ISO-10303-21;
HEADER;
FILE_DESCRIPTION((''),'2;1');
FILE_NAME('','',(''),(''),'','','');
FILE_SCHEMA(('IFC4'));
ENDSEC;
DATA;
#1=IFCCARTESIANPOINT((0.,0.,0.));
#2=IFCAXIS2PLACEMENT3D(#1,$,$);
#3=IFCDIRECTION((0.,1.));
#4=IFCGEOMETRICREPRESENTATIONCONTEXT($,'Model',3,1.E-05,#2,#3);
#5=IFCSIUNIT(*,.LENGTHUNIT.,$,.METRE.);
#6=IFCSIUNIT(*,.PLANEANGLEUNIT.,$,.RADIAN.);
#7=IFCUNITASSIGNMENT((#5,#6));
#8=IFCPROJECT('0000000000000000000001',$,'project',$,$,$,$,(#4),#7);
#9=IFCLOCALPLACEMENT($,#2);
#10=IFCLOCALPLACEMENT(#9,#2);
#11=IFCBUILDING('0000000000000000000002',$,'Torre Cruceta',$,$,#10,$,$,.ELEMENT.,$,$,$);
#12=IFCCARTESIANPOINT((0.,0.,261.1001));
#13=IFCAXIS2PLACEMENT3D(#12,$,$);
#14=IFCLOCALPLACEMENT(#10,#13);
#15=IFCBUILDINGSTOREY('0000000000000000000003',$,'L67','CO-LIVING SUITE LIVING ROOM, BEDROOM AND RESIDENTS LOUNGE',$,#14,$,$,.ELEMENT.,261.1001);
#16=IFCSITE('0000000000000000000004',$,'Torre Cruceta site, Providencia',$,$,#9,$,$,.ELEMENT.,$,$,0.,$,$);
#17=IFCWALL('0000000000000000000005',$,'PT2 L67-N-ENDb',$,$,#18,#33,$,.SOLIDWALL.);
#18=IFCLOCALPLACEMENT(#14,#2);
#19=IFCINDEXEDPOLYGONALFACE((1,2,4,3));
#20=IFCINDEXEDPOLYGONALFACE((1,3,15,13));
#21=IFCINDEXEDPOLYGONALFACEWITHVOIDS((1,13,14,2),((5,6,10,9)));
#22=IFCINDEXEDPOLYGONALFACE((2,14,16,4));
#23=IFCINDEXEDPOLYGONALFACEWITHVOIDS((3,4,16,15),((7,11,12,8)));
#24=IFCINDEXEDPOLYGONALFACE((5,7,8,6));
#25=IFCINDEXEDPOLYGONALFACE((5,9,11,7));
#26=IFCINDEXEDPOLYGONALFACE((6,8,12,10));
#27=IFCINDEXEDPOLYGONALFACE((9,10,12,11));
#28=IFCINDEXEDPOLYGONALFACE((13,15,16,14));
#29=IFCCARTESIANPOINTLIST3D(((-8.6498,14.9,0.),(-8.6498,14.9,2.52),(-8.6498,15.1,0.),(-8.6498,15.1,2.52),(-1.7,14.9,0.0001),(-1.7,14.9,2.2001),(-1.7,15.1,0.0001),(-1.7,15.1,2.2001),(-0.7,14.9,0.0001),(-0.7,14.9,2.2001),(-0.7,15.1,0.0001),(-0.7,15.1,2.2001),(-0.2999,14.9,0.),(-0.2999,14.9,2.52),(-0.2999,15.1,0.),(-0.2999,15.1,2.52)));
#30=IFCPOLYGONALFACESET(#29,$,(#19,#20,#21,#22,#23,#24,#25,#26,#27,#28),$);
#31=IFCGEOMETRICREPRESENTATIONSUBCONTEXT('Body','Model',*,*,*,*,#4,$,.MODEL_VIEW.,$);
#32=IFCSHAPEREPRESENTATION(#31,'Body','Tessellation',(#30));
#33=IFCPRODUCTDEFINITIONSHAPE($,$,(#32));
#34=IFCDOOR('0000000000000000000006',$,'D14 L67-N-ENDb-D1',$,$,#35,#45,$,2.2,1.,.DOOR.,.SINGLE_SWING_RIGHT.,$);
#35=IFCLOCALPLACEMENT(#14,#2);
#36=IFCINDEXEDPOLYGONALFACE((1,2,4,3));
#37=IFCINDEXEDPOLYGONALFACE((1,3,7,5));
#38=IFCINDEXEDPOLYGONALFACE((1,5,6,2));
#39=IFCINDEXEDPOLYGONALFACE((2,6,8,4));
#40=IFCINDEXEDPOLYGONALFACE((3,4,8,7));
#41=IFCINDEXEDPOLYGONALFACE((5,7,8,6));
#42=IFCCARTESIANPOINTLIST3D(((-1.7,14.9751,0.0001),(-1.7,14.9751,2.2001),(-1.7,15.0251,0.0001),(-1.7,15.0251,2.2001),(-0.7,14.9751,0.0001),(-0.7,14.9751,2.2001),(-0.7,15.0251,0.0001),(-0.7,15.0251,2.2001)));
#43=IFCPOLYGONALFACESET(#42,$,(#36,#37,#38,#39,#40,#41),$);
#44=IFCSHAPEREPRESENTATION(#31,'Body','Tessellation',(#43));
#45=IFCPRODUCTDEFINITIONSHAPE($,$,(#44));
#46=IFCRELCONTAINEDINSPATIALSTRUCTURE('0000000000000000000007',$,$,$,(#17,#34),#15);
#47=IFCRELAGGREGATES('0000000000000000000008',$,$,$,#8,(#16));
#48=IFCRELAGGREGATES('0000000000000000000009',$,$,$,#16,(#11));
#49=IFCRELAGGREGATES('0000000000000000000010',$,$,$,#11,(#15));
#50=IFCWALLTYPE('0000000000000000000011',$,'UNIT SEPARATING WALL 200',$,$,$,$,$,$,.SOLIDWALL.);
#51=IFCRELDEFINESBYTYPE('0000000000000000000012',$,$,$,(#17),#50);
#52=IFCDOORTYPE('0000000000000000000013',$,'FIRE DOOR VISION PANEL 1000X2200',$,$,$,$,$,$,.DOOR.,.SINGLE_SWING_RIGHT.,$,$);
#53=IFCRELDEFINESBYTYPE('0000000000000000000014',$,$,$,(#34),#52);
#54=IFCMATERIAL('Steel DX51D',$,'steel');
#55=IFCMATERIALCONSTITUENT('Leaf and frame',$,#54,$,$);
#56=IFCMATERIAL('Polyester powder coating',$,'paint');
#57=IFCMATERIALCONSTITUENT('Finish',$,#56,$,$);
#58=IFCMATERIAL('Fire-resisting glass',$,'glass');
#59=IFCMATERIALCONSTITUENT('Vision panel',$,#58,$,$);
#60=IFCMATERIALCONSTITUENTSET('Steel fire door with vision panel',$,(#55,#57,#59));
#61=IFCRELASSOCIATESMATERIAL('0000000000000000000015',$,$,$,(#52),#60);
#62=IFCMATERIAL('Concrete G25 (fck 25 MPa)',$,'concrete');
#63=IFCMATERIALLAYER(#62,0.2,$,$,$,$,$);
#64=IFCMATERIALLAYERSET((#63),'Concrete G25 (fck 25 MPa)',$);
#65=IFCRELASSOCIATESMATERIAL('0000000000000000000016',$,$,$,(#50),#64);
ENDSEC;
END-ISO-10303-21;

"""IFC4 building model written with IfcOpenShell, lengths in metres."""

from ifc_helpers import new_model, si_unit, direction, frame, frame_2d, origin, place, context, subcontext, project, spatial, rectangle, extrude, material, layer, layer_set, constituent, constituent_set, type_object, element, fill, save


model = new_model("IFC4")

# Units and contexts
model_context = context("Model", 3, precision=1e-05, world=origin(), true_north=direction((0.0, 1.0)))
body_context = subcontext(model_context, "Body", "Model", "MODEL_VIEW")
ifc_project = project(units=[si_unit("LENGTHUNIT", "METRE"), si_unit("PLANEANGLEUNIT", "RADIAN")], contexts=[model_context])

# Site, building, storey
site_placement = place(None, origin())
site = spatial("IfcSite", under=ifc_project, at=site_placement, Name="Torre Cruceta site, Providencia", CompositionType="ELEMENT", RefElevation=0.0)
building_placement = place(site_placement, origin())
building = spatial("IfcBuilding", under=site, at=building_placement, Name="Torre Cruceta", CompositionType="ELEMENT")
storey_placement = place(building_placement, frame((0.0, 0.0, 261.1001)))
storey = spatial("IfcBuildingStorey", under=building, at=storey_placement, Name="L67", Description="CO-LIVING SUITE LIVING ROOM, BEDROOM AND RESIDENTS LOUNGE", CompositionType="ELEMENT", Elevation=261.1001)

# Shared definitions
ifc_material_1 = material(Name="Steel DX51D", Category="steel")
ifc_constituent_1 = constituent(ifc_material_1, Name="Leaf and frame")
ifc_material_2 = material(Name="Polyester powder coating", Category="paint")
ifc_constituent_2 = constituent(ifc_material_2, Name="Finish")
ifc_material_3 = material(Name="Fire-resisting glass", Category="glass")
ifc_constituent_3 = constituent(ifc_material_3, Name="Vision panel")
ifc_constituent_set_1 = constituent_set(constituents=[ifc_constituent_1, ifc_constituent_2, ifc_constituent_3], Name="Steel fire door with vision panel")
door_type_1 = type_object("IfcDoorType", Name="FIRE DOOR VISION PANEL 1000X2200", OperationType="SINGLE_SWING_RIGHT", PredefinedType="DOOR", material=ifc_constituent_set_1)

# Wall, opening, door
ifc_material_4 = material(Name="Concrete G25 (fck 25 MPa)", Category="concrete")
ifc_layer_1 = layer(ifc_material_4, 0.2)
ifc_layer_set_1 = layer_set([ifc_layer_1], Name="Concrete G25 (fck 25 MPa)")
wall_type_1 = type_object("IfcWallType", Name="UNIT SEPARATING WALL 200", PredefinedType="SOLIDWALL", material=ifc_layer_set_1)
wall_1_placement = place(storey_placement, frame((-0.3, 15.0, 0.0), z_axis=(0.0, 0.0, 1.0), x_axis=(-1.0, 0.0, 0.0)))
wall_1 = element("IfcWall", 1, at=wall_1_placement, inside=storey, type_object=wall_type_1, Name="PT2 L67-N-ENDb", PredefinedType="SOLIDWALL", context=body_context, shape_type="SweptSolid", body=[
    extrude(rectangle(XDim=8.3499, YDim=0.2, at=frame_2d((4.1748, 0.0))), origin(), (0.0, 0.0, 1.0), 2.52),
])
opening_1_placement = place(wall_1_placement, frame((0.3999, 0.0, 0.0)))
opening_1 = element("IfcOpeningElement", 2, at=opening_1_placement, cuts=wall_1, PredefinedType="OPENING", context=body_context, shape_type="SweptSolid", body=[
    extrude(rectangle(XDim=1.0, YDim=2.2, at=frame_2d((0.5, 1.1001))), frame((0.0, 0.1099, 0.0), z_axis=(0.0, -1.0, 0.0), x_axis=(1.0, 0.0, 0.0)), (0.0, 0.0, 1.0), 0.22),
])
door_1_placement = place(opening_1_placement, frame((1.0, 0.0, 0.0), z_axis=(0.0, 0.0, 1.0), x_axis=(-1.0, 0.0, 0.0)))
door_1 = element("IfcDoor", 3, at=door_1_placement, inside=storey, type_object=door_type_1, Name="D14 L67-N-ENDb-D1", OperationType="SINGLE_SWING_RIGHT", OverallHeight=2.2, OverallWidth=1.0, PredefinedType="DOOR", context=body_context, shape_type="SweptSolid", body=[
    extrude(rectangle(XDim=1.0, YDim=2.2, at=frame_2d((0.5, 1.1001))), frame((0.0, 0.0251, 0.0), z_axis=(0.0, -1.0, 0.0), x_axis=(1.0, 0.0, 0.0)), (0.0, 0.0, 1.0), 0.05),
])
fill(opening_1, door_1)

save(model, "model.ifc")
